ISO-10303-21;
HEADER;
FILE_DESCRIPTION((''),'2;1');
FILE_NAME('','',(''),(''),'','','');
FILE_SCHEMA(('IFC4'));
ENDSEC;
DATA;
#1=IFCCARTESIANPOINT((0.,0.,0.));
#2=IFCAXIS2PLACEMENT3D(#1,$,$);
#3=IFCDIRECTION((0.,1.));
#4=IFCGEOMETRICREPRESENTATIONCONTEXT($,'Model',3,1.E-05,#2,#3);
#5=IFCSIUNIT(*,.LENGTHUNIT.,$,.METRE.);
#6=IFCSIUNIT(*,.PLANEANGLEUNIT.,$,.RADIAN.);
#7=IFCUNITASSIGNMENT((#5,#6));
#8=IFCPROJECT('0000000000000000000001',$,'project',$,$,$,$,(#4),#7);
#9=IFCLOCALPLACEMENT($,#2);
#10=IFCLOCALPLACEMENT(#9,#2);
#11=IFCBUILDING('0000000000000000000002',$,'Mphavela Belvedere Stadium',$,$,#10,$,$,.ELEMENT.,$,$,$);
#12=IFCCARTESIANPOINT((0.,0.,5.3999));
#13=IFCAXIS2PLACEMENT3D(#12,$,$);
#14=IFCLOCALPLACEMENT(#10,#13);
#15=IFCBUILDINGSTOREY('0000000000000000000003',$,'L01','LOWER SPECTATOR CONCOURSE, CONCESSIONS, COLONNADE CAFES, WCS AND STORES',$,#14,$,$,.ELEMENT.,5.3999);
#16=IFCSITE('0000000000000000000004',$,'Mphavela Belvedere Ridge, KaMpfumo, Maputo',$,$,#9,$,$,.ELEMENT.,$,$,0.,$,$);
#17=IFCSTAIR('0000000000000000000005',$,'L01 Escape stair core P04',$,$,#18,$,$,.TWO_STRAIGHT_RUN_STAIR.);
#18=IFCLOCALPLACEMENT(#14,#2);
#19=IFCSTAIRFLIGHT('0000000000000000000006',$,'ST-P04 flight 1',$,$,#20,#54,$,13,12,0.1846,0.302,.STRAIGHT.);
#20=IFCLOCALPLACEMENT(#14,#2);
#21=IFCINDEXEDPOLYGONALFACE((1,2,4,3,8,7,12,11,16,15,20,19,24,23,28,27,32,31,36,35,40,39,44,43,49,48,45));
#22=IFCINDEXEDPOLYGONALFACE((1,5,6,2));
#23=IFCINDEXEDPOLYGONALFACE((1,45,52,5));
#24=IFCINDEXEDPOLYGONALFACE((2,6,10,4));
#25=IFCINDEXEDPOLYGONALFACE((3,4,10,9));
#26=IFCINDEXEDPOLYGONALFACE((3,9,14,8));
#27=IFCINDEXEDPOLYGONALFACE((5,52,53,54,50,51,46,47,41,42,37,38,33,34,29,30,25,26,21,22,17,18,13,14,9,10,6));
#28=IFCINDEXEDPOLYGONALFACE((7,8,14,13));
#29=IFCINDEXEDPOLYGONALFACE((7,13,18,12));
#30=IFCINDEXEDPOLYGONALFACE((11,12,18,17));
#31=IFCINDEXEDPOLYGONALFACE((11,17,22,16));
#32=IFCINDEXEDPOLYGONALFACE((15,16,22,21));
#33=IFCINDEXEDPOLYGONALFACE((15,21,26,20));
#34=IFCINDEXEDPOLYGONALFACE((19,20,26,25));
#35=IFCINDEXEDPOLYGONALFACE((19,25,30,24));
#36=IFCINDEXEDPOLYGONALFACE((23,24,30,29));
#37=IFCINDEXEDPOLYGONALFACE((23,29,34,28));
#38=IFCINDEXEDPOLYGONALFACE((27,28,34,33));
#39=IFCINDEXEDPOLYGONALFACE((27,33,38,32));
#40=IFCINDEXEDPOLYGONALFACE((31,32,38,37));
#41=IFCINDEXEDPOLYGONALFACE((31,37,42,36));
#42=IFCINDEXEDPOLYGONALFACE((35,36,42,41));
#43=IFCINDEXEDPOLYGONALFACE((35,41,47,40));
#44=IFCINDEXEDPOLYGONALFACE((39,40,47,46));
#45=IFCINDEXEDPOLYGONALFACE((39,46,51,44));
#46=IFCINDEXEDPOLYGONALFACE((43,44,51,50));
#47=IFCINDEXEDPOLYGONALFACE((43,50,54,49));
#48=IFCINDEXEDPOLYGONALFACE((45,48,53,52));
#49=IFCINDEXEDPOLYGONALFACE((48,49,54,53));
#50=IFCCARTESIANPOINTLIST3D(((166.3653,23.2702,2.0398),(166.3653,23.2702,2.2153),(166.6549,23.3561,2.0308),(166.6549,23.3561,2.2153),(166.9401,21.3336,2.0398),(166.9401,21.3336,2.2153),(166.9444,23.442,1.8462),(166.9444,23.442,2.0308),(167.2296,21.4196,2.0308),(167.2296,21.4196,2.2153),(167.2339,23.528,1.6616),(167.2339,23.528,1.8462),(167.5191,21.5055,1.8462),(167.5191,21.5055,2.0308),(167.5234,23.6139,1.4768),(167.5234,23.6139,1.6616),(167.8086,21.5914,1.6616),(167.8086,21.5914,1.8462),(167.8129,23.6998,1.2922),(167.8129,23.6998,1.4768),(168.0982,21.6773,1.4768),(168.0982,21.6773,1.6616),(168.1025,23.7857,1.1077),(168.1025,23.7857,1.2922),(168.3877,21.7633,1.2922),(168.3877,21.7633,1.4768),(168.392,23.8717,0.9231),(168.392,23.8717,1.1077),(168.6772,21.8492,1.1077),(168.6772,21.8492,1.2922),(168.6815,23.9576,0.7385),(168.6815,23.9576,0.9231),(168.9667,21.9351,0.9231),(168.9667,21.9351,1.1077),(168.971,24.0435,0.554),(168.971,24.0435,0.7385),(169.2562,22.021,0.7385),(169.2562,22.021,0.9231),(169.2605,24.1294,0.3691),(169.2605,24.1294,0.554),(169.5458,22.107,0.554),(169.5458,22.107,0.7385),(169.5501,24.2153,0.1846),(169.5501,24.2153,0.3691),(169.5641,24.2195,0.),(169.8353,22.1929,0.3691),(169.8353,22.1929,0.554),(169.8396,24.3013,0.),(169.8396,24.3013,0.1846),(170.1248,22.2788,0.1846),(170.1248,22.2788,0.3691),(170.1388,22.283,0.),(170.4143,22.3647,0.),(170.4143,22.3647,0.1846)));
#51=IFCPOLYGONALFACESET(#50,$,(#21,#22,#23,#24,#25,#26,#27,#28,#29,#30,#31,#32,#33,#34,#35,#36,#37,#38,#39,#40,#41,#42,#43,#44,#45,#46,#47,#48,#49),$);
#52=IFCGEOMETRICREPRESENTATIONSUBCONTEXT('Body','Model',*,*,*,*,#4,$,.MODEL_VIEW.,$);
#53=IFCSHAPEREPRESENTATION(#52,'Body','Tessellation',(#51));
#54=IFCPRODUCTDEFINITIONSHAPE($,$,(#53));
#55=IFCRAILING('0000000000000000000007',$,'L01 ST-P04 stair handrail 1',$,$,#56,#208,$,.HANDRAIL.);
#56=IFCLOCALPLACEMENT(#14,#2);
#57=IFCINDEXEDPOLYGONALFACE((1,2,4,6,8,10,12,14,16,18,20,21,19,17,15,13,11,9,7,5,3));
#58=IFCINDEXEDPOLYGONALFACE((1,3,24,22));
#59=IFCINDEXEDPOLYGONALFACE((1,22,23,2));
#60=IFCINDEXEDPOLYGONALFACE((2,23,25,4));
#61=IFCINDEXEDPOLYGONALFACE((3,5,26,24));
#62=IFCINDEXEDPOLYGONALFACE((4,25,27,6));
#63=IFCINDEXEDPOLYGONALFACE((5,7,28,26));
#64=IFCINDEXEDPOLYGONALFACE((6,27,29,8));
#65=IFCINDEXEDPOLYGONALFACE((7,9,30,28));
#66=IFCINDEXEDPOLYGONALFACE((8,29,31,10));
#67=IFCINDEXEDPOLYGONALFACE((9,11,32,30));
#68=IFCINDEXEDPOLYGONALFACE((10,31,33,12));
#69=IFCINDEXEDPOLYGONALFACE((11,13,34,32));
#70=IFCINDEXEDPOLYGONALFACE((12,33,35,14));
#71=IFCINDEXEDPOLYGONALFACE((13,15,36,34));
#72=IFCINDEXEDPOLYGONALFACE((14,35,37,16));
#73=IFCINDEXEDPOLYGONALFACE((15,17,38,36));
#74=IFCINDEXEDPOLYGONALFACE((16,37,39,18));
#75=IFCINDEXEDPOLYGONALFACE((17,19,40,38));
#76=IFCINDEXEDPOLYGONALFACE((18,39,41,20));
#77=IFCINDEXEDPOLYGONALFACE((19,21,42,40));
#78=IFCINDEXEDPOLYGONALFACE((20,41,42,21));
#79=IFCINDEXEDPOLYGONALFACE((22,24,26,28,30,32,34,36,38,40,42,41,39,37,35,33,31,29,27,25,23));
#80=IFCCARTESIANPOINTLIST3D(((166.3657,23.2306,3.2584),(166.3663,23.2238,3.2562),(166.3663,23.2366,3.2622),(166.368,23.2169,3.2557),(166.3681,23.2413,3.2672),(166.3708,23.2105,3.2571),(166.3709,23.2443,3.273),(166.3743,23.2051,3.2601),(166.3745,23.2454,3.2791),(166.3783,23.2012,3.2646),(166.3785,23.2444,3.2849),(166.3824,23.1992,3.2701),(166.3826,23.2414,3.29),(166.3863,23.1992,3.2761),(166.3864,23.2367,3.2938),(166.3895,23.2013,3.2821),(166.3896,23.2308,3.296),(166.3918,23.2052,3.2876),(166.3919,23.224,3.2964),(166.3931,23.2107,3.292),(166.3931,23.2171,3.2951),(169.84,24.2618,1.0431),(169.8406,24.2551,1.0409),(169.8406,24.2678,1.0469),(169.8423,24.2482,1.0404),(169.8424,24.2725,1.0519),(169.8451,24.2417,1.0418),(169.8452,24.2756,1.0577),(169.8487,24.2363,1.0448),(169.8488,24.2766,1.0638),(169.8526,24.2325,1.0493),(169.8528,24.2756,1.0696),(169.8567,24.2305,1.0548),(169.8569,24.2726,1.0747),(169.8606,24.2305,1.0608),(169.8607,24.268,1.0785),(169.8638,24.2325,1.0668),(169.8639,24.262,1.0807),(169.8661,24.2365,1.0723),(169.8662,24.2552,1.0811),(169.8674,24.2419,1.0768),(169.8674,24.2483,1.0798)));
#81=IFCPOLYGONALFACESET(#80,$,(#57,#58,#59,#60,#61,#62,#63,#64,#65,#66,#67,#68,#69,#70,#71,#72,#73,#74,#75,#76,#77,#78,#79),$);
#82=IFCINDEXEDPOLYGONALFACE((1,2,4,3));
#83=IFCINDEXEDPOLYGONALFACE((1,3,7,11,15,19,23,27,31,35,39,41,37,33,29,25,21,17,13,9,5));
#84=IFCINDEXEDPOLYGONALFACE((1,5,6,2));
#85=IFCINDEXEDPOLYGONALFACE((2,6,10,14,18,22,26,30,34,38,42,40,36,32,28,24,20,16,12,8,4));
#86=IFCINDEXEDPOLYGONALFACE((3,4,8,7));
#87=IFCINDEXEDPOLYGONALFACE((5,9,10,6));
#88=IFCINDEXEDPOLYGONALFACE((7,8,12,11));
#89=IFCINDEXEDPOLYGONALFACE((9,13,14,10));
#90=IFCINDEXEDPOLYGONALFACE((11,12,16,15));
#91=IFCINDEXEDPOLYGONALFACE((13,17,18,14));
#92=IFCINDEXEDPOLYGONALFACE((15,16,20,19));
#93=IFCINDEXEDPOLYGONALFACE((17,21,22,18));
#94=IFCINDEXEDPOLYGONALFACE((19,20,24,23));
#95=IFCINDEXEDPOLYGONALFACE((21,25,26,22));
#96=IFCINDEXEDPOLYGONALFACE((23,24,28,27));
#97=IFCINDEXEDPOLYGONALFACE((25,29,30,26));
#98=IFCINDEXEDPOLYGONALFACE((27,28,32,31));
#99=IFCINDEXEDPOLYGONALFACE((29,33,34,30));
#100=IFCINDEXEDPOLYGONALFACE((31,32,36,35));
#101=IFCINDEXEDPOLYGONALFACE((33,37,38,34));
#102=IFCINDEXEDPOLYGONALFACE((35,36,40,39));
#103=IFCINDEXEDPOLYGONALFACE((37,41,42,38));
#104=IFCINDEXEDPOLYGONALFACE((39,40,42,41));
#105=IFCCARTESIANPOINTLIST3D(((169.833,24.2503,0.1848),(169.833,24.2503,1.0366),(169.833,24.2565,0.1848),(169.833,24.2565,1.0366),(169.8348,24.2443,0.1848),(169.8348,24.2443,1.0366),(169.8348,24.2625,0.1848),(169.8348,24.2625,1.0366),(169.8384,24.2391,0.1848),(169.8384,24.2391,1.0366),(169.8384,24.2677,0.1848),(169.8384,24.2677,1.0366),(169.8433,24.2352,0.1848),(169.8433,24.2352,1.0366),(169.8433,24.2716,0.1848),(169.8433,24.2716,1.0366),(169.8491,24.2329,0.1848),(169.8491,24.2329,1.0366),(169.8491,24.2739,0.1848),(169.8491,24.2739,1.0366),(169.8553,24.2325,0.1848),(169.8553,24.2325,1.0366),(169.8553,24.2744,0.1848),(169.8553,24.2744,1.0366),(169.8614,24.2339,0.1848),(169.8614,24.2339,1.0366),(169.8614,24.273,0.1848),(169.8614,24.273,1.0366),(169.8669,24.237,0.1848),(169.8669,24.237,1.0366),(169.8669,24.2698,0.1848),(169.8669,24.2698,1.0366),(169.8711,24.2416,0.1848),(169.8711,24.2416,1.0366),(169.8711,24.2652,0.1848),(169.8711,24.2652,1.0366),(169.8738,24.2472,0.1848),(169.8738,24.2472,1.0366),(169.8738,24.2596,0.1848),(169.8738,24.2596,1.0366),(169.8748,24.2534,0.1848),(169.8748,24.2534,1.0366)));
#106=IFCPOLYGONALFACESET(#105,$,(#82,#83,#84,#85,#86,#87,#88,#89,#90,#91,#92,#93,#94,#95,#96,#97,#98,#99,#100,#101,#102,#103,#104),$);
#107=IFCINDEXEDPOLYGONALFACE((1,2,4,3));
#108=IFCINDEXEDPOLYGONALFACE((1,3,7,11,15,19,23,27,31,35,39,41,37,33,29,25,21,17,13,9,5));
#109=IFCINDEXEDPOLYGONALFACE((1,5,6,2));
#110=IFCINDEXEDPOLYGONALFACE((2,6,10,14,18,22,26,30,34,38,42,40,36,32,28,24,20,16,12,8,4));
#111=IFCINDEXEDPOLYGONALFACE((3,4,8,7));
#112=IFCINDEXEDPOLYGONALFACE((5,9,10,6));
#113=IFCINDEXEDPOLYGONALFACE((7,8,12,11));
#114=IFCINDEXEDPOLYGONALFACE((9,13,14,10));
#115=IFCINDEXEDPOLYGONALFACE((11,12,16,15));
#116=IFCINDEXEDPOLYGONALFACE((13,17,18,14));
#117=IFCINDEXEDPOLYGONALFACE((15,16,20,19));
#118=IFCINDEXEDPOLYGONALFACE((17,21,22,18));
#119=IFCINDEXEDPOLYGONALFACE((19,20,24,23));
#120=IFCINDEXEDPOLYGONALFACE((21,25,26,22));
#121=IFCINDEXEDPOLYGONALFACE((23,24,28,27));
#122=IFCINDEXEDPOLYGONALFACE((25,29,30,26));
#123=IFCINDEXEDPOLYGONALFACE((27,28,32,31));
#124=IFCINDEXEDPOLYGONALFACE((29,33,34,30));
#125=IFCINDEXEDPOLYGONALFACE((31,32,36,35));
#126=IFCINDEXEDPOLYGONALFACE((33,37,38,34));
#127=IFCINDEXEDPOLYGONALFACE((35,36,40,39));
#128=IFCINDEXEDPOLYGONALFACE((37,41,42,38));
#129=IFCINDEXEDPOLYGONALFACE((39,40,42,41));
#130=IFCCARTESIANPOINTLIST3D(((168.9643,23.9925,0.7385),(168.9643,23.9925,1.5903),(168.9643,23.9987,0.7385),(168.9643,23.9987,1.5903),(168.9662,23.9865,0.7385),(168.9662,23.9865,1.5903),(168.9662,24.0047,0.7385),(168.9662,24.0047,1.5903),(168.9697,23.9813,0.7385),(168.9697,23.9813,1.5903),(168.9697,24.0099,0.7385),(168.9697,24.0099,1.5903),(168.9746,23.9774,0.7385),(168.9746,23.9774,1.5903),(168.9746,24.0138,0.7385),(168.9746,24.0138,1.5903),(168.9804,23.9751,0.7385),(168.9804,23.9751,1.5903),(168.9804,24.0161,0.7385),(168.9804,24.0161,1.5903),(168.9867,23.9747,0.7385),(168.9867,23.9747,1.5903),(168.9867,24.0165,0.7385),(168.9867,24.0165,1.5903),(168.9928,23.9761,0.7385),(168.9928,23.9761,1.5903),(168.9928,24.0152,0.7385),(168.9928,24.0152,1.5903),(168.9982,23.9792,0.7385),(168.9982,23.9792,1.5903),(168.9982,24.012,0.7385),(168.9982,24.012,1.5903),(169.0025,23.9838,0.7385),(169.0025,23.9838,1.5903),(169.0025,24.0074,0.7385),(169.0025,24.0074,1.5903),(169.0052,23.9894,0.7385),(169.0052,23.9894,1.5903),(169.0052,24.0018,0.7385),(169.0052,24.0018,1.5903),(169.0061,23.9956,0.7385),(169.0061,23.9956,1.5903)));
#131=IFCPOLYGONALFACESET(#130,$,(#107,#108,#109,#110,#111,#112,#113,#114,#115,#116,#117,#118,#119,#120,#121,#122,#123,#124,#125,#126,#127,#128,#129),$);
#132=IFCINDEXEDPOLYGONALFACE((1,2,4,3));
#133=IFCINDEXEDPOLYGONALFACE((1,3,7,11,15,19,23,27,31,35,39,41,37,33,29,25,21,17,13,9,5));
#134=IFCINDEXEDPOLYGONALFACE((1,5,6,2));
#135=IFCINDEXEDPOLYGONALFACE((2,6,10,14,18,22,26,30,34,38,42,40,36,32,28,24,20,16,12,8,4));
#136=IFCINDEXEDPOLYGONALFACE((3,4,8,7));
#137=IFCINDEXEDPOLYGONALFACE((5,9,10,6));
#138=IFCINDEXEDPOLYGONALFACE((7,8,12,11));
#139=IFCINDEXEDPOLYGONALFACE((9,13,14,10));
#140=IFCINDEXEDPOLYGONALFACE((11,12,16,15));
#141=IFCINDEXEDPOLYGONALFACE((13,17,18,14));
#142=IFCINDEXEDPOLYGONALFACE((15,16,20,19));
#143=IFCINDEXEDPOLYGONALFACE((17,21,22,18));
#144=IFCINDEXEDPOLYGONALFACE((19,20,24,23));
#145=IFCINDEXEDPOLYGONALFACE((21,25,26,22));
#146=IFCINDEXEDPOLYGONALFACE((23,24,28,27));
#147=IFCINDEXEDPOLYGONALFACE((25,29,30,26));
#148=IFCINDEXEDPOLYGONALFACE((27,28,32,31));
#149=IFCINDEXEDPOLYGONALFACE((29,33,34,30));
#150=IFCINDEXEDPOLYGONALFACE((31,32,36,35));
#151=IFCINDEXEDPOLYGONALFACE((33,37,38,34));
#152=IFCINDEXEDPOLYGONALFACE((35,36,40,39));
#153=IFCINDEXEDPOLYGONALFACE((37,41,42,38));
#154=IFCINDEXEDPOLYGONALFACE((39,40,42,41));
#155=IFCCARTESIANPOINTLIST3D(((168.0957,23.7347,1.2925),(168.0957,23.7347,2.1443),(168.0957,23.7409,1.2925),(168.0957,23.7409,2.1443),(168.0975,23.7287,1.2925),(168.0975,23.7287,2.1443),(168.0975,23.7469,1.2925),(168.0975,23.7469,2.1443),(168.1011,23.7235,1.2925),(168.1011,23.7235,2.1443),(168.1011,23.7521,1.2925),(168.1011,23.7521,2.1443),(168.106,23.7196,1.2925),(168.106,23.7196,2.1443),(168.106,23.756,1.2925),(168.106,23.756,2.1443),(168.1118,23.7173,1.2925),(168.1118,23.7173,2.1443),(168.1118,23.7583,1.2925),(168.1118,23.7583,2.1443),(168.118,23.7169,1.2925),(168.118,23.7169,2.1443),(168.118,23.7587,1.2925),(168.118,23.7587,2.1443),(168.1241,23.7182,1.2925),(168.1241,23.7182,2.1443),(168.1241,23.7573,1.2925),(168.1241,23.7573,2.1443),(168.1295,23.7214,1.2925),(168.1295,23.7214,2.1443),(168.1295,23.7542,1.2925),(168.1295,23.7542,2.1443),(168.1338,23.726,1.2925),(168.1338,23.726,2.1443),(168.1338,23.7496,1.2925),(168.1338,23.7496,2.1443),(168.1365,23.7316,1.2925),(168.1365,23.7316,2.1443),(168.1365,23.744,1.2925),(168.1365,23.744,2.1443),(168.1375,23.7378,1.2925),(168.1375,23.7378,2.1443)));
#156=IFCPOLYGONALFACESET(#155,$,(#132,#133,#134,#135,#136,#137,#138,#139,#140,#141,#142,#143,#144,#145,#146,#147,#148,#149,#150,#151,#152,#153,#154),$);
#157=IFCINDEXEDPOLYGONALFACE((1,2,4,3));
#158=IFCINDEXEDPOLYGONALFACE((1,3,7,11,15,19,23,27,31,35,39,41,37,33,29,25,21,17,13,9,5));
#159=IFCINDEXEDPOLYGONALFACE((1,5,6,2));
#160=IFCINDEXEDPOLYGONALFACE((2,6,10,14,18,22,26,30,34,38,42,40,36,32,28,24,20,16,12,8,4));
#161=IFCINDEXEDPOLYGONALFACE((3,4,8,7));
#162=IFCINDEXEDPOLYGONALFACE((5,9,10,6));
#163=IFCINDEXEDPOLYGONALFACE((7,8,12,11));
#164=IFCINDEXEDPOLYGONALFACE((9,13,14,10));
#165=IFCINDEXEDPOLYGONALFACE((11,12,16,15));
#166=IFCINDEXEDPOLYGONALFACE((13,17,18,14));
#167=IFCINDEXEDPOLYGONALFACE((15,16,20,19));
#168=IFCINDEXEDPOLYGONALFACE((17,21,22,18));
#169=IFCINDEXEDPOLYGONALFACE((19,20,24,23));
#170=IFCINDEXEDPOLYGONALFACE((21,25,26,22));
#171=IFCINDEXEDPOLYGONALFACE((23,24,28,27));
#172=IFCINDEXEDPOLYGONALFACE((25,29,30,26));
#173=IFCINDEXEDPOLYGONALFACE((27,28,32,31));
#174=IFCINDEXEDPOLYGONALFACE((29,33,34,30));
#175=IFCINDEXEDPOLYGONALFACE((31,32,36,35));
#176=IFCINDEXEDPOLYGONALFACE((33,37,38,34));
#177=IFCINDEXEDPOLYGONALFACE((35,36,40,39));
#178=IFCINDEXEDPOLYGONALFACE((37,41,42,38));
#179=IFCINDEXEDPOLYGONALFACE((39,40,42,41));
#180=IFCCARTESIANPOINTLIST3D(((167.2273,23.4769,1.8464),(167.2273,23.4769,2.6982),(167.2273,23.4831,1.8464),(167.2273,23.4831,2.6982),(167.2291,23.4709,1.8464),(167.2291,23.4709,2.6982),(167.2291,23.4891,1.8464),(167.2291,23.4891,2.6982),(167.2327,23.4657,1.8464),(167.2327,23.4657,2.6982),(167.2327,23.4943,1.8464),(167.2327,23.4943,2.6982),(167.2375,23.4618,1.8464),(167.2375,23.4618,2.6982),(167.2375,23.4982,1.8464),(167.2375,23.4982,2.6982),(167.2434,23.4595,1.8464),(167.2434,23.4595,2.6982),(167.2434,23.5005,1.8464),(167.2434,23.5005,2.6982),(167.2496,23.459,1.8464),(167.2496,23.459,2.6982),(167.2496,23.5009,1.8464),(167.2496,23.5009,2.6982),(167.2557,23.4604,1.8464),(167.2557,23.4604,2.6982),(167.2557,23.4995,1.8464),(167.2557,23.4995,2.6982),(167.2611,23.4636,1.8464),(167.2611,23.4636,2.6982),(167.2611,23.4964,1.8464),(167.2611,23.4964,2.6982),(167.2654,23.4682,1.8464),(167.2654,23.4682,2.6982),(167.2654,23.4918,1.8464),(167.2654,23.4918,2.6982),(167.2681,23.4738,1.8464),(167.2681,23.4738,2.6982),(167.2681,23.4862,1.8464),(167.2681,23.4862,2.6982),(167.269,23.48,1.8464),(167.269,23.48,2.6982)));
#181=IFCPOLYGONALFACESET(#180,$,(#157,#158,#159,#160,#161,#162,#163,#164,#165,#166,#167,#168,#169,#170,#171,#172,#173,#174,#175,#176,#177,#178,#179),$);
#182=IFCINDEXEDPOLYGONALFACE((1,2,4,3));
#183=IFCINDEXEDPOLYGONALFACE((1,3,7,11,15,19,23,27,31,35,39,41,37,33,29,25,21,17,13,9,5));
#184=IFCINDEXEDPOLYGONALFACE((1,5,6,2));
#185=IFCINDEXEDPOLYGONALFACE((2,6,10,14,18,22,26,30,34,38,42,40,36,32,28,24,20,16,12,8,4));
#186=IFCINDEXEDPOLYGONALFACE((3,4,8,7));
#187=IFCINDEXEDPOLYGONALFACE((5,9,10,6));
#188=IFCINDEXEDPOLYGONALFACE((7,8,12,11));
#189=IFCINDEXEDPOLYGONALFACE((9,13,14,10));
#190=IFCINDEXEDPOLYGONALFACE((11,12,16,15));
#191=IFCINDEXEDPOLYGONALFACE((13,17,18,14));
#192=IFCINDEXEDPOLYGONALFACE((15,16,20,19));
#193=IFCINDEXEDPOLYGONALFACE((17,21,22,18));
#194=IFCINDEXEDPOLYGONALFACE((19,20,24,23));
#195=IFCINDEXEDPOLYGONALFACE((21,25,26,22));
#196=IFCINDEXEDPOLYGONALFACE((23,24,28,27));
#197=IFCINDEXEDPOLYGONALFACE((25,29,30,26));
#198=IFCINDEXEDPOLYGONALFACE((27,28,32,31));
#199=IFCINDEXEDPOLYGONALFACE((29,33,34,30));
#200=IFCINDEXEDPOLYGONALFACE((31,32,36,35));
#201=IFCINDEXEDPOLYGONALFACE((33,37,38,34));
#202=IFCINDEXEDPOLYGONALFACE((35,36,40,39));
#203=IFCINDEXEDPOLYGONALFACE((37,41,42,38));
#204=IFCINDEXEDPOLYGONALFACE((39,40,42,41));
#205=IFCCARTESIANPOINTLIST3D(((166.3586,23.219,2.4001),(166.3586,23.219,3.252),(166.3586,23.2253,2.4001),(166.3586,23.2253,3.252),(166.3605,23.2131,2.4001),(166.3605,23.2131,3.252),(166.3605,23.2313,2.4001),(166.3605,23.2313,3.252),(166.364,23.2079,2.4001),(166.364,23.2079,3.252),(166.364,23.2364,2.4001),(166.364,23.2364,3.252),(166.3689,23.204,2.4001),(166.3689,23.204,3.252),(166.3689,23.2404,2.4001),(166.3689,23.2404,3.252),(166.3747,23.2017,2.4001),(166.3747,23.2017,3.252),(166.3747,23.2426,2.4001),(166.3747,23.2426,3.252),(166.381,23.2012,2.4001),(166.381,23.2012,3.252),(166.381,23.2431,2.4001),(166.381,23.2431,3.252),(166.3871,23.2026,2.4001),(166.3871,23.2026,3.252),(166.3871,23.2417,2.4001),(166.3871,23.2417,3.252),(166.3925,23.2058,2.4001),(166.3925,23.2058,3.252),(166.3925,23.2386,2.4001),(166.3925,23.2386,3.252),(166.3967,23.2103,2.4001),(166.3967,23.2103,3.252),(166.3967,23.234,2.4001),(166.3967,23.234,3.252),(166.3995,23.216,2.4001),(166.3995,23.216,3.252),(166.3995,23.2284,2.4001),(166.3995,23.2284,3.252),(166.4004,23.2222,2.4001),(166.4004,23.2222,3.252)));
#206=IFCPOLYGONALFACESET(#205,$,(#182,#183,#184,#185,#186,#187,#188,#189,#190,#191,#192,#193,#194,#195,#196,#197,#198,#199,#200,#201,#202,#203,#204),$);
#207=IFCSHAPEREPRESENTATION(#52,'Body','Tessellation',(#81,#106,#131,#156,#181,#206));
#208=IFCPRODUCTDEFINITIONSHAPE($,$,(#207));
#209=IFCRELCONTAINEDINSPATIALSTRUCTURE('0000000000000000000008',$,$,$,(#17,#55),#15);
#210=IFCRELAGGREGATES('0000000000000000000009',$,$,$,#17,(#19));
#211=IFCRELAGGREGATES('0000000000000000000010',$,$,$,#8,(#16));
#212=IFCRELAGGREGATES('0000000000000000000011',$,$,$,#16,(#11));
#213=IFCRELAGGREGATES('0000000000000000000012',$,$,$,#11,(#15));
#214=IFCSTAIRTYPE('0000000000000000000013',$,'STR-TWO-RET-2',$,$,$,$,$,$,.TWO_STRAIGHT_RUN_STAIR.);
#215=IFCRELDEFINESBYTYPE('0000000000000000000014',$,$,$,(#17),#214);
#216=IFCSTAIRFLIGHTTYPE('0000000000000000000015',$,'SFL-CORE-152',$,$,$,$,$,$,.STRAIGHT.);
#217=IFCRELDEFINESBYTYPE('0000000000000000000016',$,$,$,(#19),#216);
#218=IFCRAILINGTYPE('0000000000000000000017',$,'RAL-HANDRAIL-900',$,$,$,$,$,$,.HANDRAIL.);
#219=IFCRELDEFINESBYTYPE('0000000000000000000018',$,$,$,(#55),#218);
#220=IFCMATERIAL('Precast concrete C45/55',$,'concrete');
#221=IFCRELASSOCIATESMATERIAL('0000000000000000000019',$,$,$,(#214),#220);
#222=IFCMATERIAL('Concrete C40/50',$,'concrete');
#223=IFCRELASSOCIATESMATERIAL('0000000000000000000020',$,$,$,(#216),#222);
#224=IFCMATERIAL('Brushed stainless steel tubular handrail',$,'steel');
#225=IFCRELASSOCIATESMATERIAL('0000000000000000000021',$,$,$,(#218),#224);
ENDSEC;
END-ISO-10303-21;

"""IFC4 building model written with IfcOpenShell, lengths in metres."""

from ifc_helpers import new_model, si_unit, direction, frame, origin, origin_2d, place, context, subcontext, project, spatial, polyline, circle, outline, extrude, material, type_object, element, aggregate, save


model = new_model("IFC4")

# Units and contexts
model_context = context("Model", 3, precision=1e-05, world=origin(), true_north=direction((0.0, 1.0)))
body_context = subcontext(model_context, "Body", "Model", "MODEL_VIEW")
ifc_project = project(units=[si_unit("LENGTHUNIT", "METRE"), si_unit("PLANEANGLEUNIT", "RADIAN")], contexts=[model_context])

# Site, building, storey
site_placement = place(None, origin())
site = spatial("IfcSite", under=ifc_project, at=site_placement, Name="Mphavela Belvedere Ridge, KaMpfumo, Maputo", CompositionType="ELEMENT", RefElevation=0.0)
building_placement = place(site_placement, origin())
building = spatial("IfcBuilding", under=site, at=building_placement, Name="Mphavela Belvedere Stadium", CompositionType="ELEMENT")
storey_placement = place(building_placement, frame((0.0, 0.0, 5.3999)))
storey = spatial("IfcBuildingStorey", under=building, at=storey_placement, Name="L01", Description="LOWER SPECTATOR CONCOURSE, CONCESSIONS, COLONNADE CAFES, WCS AND STORES", CompositionType="ELEMENT", Elevation=5.3999)

# Stair, stair flight
ifc_material_1 = material(Name="Precast concrete C45/55", Category="concrete")
stair_type = type_object("IfcStairType", Name="STR-TWO-RET-2", PredefinedType="TWO_STRAIGHT_RUN_STAIR", material=ifc_material_1)
stair_placement = place(storey_placement, origin())
stair = element("IfcStair", 1, at=stair_placement, inside=storey, type_object=stair_type, Name="L01 Escape stair core P04", PredefinedType="TWO_STRAIGHT_RUN_STAIR")
ifc_material_2 = material(Name="Concrete C40/50", Category="concrete")
stair_flight_type = type_object("IfcStairFlightType", Name="SFL-CORE-152", PredefinedType="STRAIGHT", material=ifc_material_2)
stair_flight_placement = place(storey_placement, frame((170.127, 23.333, 0.0), z_axis=(0.0, 0.0, 1.0), x_axis=(-0.958671, -0.284517, 0.0)))
stair_flight = element("IfcStairFlight", 2, at=stair_flight_placement, type_object=stair_flight_type, Name="ST-P04 flight 1", NumberOfRisers=13, NumberOfTreads=12, PredefinedType="STRAIGHT", RiserHeight=0.1846, TreadLength=0.302, context=body_context, shape_type="SweptSolid", body=[
    extrude(outline(polyline([(0.0, 0.0), (0.0, 0.1846), (0.302, 0.1846), (0.302, 0.3691), (0.604, 0.3691), (0.604, 0.554), (0.906, 0.554), (0.906, 0.7385), (1.208, 0.7385), (1.208, 0.9231), (1.51, 0.9231), (1.51, 1.1077), (1.812, 1.1077), (1.812, 1.2922), (2.114, 1.2922), (2.114, 1.4768), (2.416, 1.4768), (2.416, 1.6616), (2.718, 1.6616), (2.718, 1.8462), (3.02, 1.8462), (3.02, 2.0308), (3.322, 2.0308), (3.322, 2.2153), (3.624, 2.2153), (3.624, 2.3999), (3.624, 2.0398), (0.2874, 0.0), (0.0, 0.0)])), frame((0.0, 1.01, 0.0), z_axis=(0.0, -1.0, 0.0), x_axis=(1.0, 0.0, 0.0)), (0.0, 0.0, 1.0), 2.02),
])
aggregate(stair, [stair_flight])

# Railing
ifc_material_3 = material(Name="Brushed stainless steel tubular handrail", Category="steel")
railing_type = type_object("IfcRailingType", Name="RAL-HANDRAIL-900", PredefinedType="HANDRAIL", material=ifc_material_3)
railing_placement = place(storey_placement, frame((169.8538, 24.2534, 0.1848)))
element("IfcRailing", 3, at=railing_placement, inside=storey, type_object=railing_type, Name="L01 ST-P04 stair handrail 1", PredefinedType="HANDRAIL", context=body_context, shape_type="SweptSolid", body=[
    extrude(circle(Radius=0.0239, at=origin_2d()), frame((0.0, 0.0, 0.876), z_axis=(-0.817953, -0.242782, 0.521545), x_axis=(0.284547, -0.958662, 0.0)), (0.0, 0.0, 1.0), 4.2476),
    extrude(circle(Radius=0.021, at=origin_2d()), origin(), (0.0, 0.0, 1.0), 0.8518),
    extrude(circle(Radius=0.021, at=origin_2d()), frame((-0.8687, -0.2578, 0.5537)), (0.0, 0.0, 1.0), 0.8518),
    extrude(circle(Radius=0.021, at=origin_2d()), frame((-1.7373, -0.5156, 1.1077)), (0.0, 0.0, 1.0), 0.8518),
    extrude(circle(Radius=0.021, at=origin_2d()), frame((-2.6057, -0.7734, 1.6616)), (0.0, 0.0, 1.0), 0.8518),
    extrude(circle(Radius=0.021, at=origin_2d()), frame((-3.4744, -1.0312, 2.2153)), (0.0, 0.0, 1.0), 0.8518),
])

save(model, "model.ifc")
